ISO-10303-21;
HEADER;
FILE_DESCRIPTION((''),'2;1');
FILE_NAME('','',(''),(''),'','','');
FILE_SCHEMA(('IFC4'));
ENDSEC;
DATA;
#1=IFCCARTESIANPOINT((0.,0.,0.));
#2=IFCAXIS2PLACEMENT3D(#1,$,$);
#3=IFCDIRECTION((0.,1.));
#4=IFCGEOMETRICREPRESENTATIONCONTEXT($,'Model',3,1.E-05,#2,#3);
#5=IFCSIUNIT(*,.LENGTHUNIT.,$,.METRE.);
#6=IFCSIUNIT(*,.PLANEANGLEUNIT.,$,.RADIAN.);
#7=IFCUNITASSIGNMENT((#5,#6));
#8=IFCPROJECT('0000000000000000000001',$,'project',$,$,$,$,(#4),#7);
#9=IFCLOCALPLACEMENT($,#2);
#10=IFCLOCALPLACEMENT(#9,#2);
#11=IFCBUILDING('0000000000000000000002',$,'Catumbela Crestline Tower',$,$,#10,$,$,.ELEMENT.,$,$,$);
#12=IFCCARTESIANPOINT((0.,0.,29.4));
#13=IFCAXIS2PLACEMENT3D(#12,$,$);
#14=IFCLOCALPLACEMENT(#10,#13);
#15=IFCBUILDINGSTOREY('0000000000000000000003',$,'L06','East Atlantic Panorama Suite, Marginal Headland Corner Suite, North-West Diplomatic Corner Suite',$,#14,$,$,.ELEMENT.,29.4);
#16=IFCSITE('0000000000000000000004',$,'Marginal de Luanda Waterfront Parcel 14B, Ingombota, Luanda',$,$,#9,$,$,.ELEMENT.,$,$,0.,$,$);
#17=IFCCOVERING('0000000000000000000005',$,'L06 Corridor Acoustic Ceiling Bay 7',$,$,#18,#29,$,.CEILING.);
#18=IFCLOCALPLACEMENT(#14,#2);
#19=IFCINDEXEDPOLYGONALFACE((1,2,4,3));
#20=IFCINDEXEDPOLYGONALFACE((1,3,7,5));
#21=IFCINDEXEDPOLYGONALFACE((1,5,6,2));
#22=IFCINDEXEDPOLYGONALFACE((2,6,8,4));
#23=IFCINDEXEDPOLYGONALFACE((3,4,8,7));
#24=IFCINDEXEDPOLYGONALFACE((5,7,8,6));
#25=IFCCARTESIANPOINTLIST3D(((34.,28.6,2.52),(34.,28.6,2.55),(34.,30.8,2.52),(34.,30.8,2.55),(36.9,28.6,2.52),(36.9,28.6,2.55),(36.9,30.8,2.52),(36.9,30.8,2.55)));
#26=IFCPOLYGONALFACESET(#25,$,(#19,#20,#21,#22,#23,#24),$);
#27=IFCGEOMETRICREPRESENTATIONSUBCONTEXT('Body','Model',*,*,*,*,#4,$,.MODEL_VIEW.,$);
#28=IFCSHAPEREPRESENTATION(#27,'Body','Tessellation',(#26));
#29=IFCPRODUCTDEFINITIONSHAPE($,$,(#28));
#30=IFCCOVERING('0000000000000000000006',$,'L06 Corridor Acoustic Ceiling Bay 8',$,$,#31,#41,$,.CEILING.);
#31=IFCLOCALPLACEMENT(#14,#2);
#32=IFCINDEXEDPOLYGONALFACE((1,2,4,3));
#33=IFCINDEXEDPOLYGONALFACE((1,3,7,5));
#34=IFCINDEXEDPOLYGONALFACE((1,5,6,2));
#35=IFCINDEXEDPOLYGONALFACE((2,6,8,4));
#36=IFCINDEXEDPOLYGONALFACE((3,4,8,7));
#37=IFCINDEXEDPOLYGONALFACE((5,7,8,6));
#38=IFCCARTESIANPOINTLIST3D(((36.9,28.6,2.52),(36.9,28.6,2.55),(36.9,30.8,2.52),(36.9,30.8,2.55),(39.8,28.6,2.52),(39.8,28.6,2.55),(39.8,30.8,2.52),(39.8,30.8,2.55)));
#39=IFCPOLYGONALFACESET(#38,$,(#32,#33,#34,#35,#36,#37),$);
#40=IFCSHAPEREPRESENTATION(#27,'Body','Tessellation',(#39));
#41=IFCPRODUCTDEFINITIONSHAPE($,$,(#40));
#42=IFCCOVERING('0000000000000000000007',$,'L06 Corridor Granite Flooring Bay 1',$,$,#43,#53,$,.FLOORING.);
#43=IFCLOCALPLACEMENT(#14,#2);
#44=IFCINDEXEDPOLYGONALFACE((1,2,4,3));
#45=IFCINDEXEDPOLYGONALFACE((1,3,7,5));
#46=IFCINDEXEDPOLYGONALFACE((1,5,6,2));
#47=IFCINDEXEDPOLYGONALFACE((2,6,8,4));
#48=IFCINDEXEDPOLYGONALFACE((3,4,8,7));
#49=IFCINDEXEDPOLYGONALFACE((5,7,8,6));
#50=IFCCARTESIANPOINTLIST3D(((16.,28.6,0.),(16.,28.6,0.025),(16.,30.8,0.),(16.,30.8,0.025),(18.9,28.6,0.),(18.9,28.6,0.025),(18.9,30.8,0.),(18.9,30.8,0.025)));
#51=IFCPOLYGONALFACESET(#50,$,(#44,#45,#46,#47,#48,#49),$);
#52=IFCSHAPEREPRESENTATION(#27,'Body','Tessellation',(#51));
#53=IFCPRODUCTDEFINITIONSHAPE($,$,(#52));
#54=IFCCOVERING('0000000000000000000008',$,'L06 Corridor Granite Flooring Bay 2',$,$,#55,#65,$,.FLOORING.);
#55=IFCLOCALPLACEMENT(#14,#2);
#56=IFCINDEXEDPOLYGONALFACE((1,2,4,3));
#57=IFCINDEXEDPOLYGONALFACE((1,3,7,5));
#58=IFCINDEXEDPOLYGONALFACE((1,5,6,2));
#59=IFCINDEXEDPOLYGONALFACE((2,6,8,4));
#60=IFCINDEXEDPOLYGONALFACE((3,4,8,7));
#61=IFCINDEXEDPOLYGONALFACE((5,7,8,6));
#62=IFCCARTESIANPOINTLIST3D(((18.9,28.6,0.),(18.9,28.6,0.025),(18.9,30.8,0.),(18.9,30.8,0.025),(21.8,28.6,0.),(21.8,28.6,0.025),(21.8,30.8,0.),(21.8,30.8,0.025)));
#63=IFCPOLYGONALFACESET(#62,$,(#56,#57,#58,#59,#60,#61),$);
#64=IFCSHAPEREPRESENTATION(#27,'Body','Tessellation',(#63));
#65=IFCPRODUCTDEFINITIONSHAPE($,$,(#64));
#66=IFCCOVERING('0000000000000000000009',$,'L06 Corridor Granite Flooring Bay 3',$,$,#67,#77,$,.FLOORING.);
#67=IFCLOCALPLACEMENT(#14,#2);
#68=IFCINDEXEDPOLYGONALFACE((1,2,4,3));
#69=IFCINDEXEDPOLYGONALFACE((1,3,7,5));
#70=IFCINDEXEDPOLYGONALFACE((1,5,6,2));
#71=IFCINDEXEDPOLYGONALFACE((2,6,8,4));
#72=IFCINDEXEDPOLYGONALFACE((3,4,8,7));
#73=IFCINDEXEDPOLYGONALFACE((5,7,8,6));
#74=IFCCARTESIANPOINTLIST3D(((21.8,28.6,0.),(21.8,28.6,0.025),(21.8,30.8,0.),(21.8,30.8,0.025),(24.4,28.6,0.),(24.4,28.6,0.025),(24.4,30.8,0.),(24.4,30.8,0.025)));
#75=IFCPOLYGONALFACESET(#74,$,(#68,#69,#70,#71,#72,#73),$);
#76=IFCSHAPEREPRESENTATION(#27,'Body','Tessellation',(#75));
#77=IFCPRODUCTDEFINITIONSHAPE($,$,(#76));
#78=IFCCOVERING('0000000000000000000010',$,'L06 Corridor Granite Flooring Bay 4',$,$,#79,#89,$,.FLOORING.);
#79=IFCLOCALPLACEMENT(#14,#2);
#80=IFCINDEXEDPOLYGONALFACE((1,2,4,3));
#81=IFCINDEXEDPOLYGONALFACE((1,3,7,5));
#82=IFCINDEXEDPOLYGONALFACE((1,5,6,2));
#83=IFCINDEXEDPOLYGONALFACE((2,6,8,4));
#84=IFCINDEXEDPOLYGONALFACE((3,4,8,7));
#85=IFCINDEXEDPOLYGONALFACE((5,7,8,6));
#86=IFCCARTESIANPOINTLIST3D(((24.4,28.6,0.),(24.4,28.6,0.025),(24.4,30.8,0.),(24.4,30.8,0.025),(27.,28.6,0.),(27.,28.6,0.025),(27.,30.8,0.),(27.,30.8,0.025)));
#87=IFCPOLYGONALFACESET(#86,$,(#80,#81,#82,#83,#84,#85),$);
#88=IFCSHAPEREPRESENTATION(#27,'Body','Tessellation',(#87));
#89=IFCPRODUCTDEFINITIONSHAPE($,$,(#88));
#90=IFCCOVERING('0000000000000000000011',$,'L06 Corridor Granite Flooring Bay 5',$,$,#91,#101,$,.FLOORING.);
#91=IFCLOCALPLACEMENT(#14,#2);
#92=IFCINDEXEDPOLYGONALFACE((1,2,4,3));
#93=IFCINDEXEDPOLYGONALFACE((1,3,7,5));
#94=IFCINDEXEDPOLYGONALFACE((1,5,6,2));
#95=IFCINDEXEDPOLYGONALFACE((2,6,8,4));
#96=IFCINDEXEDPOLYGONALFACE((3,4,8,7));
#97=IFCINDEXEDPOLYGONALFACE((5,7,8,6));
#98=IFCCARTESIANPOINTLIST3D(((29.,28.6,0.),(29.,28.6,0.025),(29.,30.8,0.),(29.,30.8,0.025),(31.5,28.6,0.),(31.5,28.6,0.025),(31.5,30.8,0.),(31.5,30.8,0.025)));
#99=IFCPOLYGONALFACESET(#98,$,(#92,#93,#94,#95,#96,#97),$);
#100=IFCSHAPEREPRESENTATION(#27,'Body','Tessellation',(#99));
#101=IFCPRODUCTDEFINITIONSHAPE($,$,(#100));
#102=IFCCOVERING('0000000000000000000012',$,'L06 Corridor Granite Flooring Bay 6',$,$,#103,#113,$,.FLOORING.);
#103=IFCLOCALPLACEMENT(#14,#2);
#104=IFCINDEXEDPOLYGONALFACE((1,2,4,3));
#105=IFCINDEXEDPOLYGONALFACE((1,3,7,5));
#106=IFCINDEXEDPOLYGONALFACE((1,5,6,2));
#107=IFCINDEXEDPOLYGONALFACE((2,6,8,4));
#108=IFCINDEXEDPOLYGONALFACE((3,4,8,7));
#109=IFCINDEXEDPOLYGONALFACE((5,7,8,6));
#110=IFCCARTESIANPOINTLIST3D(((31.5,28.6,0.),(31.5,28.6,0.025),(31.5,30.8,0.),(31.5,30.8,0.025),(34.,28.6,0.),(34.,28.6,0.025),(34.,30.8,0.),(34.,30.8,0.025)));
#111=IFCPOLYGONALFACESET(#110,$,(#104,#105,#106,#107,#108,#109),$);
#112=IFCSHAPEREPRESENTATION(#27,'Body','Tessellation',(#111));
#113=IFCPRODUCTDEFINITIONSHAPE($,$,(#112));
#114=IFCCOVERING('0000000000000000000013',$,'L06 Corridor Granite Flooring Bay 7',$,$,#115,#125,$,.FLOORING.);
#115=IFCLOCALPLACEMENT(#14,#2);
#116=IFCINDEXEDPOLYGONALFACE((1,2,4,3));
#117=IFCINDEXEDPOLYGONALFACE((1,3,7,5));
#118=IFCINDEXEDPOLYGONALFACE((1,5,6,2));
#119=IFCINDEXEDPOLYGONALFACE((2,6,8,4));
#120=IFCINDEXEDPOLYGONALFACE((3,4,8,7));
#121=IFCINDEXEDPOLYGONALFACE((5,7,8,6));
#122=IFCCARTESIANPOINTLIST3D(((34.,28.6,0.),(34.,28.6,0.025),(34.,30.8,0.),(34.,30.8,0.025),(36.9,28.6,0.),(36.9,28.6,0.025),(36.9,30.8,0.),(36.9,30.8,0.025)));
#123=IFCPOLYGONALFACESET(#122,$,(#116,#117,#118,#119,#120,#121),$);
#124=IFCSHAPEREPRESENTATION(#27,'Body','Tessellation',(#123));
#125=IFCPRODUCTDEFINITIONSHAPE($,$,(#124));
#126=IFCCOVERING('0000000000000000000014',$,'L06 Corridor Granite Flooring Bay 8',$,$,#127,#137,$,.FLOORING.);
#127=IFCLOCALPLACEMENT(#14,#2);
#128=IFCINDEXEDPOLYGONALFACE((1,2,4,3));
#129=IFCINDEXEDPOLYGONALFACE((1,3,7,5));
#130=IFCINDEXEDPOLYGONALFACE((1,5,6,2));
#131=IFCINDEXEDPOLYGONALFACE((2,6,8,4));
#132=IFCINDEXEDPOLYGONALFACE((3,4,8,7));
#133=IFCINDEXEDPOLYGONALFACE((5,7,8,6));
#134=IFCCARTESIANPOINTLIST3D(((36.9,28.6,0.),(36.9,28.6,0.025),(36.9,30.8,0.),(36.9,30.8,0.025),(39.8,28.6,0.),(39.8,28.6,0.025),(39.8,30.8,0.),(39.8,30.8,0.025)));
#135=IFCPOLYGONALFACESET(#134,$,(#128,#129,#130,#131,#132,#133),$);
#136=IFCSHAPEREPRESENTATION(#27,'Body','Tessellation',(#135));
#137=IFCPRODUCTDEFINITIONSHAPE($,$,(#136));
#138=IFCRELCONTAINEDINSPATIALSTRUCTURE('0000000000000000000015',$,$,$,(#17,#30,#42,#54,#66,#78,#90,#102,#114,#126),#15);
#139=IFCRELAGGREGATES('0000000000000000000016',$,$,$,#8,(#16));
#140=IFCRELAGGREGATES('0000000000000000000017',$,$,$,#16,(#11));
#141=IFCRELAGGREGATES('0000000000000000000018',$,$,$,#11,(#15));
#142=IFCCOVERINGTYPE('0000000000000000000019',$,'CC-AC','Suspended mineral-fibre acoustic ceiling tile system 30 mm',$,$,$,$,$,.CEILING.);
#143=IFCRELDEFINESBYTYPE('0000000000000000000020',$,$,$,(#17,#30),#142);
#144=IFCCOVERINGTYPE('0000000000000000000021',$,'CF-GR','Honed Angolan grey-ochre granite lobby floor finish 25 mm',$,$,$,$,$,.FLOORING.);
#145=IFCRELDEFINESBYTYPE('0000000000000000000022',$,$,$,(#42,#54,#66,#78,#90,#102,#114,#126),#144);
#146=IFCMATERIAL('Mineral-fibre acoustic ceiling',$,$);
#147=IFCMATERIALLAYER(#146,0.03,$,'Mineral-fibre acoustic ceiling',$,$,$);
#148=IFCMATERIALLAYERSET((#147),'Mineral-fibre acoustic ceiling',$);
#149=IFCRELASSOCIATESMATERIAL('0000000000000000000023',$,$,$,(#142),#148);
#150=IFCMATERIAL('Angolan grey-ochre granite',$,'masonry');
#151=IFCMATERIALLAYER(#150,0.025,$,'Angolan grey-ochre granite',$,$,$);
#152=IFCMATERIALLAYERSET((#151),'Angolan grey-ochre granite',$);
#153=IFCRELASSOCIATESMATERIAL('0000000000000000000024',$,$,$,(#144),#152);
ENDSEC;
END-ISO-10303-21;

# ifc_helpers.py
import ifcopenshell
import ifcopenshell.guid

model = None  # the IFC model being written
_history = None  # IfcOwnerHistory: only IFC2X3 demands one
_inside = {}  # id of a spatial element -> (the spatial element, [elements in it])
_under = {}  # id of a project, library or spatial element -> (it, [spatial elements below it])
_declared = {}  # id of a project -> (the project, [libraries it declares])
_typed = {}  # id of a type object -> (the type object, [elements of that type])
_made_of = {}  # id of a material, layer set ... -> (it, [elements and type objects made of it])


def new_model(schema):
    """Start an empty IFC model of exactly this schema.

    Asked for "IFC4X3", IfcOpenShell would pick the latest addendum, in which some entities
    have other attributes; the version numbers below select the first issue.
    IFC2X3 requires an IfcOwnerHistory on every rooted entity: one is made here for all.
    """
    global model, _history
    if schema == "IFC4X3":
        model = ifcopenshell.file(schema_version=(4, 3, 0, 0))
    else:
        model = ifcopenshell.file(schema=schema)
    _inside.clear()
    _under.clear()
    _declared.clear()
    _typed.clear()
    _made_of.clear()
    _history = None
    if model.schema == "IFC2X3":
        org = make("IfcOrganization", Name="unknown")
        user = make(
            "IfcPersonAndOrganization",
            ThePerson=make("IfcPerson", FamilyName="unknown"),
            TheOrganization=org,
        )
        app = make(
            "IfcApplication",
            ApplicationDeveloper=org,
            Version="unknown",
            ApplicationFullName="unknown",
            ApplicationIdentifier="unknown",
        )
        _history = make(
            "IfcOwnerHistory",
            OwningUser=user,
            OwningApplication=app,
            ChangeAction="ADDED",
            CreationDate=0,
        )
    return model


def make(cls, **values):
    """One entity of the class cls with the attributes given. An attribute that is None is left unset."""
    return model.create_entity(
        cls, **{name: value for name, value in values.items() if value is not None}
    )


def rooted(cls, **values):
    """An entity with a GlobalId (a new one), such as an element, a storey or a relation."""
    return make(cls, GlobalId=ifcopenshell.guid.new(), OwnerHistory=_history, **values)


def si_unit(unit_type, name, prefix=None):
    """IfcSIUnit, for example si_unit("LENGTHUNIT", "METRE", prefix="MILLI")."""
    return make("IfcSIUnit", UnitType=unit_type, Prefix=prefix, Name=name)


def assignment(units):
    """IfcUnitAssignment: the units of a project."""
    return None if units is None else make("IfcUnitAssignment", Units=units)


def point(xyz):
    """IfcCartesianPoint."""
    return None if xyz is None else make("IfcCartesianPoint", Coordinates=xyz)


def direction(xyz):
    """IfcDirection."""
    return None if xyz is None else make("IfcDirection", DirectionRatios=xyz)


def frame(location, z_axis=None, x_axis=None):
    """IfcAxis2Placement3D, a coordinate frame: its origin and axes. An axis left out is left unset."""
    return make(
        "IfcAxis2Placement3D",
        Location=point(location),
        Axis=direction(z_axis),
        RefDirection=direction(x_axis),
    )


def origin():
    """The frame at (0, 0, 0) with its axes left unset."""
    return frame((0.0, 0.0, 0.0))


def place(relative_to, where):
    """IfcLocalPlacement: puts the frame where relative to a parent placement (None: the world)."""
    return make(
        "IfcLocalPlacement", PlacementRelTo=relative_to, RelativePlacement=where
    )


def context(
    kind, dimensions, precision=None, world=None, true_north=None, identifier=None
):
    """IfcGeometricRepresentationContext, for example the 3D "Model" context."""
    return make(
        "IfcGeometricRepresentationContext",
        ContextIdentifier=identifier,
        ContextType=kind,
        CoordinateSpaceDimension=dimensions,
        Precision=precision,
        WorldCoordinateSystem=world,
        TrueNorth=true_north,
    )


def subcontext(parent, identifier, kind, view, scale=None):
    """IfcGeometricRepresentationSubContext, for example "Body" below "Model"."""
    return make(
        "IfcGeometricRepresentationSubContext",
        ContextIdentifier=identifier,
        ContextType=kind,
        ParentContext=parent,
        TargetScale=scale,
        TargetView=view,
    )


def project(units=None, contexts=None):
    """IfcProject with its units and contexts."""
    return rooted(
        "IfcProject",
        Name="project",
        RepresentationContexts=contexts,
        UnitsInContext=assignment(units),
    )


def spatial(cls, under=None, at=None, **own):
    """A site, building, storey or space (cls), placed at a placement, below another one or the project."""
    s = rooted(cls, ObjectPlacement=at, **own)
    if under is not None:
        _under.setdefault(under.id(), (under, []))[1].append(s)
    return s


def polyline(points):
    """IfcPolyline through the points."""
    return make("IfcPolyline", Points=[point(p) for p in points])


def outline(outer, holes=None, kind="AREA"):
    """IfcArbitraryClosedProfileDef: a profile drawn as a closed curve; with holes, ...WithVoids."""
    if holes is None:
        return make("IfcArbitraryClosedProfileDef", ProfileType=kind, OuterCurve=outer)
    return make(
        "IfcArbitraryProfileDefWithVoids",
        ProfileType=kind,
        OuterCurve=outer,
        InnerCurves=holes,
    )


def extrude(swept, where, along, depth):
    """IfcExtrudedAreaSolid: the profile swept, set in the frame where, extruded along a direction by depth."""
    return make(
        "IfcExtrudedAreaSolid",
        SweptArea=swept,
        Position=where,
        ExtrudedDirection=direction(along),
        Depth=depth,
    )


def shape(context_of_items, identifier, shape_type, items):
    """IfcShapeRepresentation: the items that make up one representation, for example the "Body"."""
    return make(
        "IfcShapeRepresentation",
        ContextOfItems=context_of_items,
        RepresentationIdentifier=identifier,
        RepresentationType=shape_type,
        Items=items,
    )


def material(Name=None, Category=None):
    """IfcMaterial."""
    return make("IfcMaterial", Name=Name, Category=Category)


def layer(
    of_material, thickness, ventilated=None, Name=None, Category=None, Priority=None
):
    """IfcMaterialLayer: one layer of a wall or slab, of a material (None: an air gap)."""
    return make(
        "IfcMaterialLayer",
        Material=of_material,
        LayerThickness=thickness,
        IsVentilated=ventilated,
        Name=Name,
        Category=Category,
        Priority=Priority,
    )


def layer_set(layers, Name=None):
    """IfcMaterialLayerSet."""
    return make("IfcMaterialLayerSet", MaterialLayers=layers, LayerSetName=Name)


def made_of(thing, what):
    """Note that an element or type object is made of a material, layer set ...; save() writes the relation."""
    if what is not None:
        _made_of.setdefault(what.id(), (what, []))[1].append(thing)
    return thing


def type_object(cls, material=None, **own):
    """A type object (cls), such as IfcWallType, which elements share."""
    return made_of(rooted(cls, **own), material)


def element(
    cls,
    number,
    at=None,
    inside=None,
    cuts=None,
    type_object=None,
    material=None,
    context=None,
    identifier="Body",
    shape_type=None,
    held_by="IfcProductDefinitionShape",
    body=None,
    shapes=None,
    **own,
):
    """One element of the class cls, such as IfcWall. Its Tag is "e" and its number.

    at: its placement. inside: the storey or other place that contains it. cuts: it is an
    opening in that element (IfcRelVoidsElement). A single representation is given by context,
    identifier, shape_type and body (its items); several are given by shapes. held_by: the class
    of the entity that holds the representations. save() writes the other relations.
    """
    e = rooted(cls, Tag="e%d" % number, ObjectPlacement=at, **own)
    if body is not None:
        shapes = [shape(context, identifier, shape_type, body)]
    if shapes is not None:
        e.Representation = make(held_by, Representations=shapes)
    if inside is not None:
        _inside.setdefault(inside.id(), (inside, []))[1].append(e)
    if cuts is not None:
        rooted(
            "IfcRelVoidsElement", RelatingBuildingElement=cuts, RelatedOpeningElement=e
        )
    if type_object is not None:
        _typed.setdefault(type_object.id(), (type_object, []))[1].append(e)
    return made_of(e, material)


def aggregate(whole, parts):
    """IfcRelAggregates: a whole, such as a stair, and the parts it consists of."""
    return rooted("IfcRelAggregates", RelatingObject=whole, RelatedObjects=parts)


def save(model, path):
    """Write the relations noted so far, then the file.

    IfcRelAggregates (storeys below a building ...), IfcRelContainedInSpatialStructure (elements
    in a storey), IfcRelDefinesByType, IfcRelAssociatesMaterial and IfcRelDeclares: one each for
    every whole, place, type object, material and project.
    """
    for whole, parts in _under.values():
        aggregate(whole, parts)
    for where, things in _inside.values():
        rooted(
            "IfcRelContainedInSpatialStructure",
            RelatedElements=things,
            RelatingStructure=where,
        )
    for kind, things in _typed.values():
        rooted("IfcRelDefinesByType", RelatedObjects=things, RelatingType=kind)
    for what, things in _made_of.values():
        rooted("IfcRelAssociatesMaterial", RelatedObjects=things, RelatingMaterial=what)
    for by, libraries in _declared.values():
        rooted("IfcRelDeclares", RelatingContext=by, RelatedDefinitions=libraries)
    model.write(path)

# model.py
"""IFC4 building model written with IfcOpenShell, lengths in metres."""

from ifc_helpers import new_model, si_unit, direction, frame, origin, place, context, subcontext, project, spatial, polyline, outline, extrude, material, layer, layer_set, type_object, element, save


model = new_model("IFC4")

# Units and contexts
model_context = context("Model", 3, precision=1e-05, world=origin(), true_north=direction((0.0, 1.0)))
body_context = subcontext(model_context, "Body", "Model", "MODEL_VIEW")
ifc_project = project(units=[si_unit("LENGTHUNIT", "METRE"), si_unit("PLANEANGLEUNIT", "RADIAN")], contexts=[model_context])

# Site, building, storey
site_placement = place(None, origin())
site = spatial("IfcSite", under=ifc_project, at=site_placement, Name="Marginal de Luanda Waterfront Parcel 14B, Ingombota, Luanda", CompositionType="ELEMENT", RefElevation=0.0)
building_placement = place(site_placement, origin())
building = spatial("IfcBuilding", under=site, at=building_placement, Name="Catumbela Crestline Tower", CompositionType="ELEMENT")
storey_placement = place(building_placement, frame((0.0, 0.0, 29.4)))
storey = spatial("IfcBuildingStorey", under=building, at=storey_placement, Name="L06", Description="East Atlantic Panorama Suite, Marginal Headland Corner Suite, North-West Diplomatic Corner Suite", CompositionType="ELEMENT", Elevation=29.4)

# Shared definitions
ifc_material_1 = material(Name="Angolan grey-ochre granite", Category="masonry")

# Coverings
ifc_material_2 = material(Name="Mineral-fibre acoustic ceiling")
ifc_layer_1 = layer(ifc_material_2, 0.03, Name="Mineral-fibre acoustic ceiling")
ifc_layer_set_1 = layer_set([ifc_layer_1], Name="Mineral-fibre acoustic ceiling")
covering_type_1 = type_object("IfcCoveringType", Name="CC-AC", Description="Suspended mineral-fibre acoustic ceiling tile system 30 mm", PredefinedType="CEILING", material=ifc_layer_set_1)
covering_1_placement = place(storey_placement, frame((0.0, 0.0, 2.52)))
element("IfcCovering", 1, at=covering_1_placement, inside=storey, type_object=covering_type_1, Name="L06 Corridor Acoustic Ceiling Bay 7", PredefinedType="CEILING", context=body_context, shape_type="SweptSolid", body=[
    extrude(outline(polyline([(34.0, 28.6), (36.9, 28.6), (36.9, 30.8), (34.0, 30.8), (34.0, 28.6)])), origin(), (0.0, 0.0, 1.0), 0.03),
])
covering_2_placement = place(storey_placement, frame((0.0, 0.0, 2.52)))
element("IfcCovering", 2, at=covering_2_placement, inside=storey, type_object=covering_type_1, Name="L06 Corridor Acoustic Ceiling Bay 8", PredefinedType="CEILING", context=body_context, shape_type="SweptSolid", body=[
    extrude(outline(polyline([(36.9, 28.6), (39.8, 28.6), (39.8, 30.8), (36.9, 30.8), (36.9, 28.6)])), origin(), (0.0, 0.0, 1.0), 0.03),
])
ifc_layer_2 = layer(ifc_material_1, 0.025, Name="Angolan grey-ochre granite")
ifc_layer_set_2 = layer_set([ifc_layer_2], Name="Angolan grey-ochre granite")
covering_type_2 = type_object("IfcCoveringType", Name="CF-GR", Description="Honed Angolan grey-ochre granite lobby floor finish 25 mm", PredefinedType="FLOORING", material=ifc_layer_set_2)
covering_3_placement = place(storey_placement, origin())
element("IfcCovering", 3, at=covering_3_placement, inside=storey, type_object=covering_type_2, Name="L06 Corridor Granite Flooring Bay 1", PredefinedType="FLOORING", context=body_context, shape_type="SweptSolid", body=[
    extrude(outline(polyline([(16.0, 28.6), (18.9, 28.6), (18.9, 30.8), (16.0, 30.8), (16.0, 28.6)])), origin(), (0.0, 0.0, 1.0), 0.025),
])
covering_4_placement = place(storey_placement, origin())
element("IfcCovering", 4, at=covering_4_placement, inside=storey, type_object=covering_type_2, Name="L06 Corridor Granite Flooring Bay 2", PredefinedType="FLOORING", context=body_context, shape_type="SweptSolid", body=[
    extrude(outline(polyline([(18.9, 28.6), (21.8, 28.6), (21.8, 30.8), (18.9, 30.8), (18.9, 28.6)])), origin(), (0.0, 0.0, 1.0), 0.025),
])
covering_5_placement = place(storey_placement, origin())
element("IfcCovering", 5, at=covering_5_placement, inside=storey, type_object=covering_type_2, Name="L06 Corridor Granite Flooring Bay 3", PredefinedType="FLOORING", context=body_context, shape_type="SweptSolid", body=[
    extrude(outline(polyline([(21.8, 28.6), (24.4, 28.6), (24.4, 30.8), (21.8, 30.8), (21.8, 28.6)])), origin(), (0.0, 0.0, 1.0), 0.025),
])
covering_6_placement = place(storey_placement, origin())
element("IfcCovering", 6, at=covering_6_placement, inside=storey, type_object=covering_type_2, Name="L06 Corridor Granite Flooring Bay 4", PredefinedType="FLOORING", context=body_context, shape_type="SweptSolid", body=[
    extrude(outline(polyline([(24.4, 28.6), (27.0, 28.6), (27.0, 30.8), (24.4, 30.8), (24.4, 28.6)])), origin(), (0.0, 0.0, 1.0), 0.025),
])
covering_7_placement = place(storey_placement, origin())
element("IfcCovering", 7, at=covering_7_placement, inside=storey, type_object=covering_type_2, Name="L06 Corridor Granite Flooring Bay 5", PredefinedType="FLOORING", context=body_context, shape_type="SweptSolid", body=[
    extrude(outline(polyline([(29.0, 28.6), (31.5, 28.6), (31.5, 30.8), (29.0, 30.8), (29.0, 28.6)])), origin(), (0.0, 0.0, 1.0), 0.025),
])
covering_8_placement = place(storey_placement, origin())
element("IfcCovering", 8, at=covering_8_placement, inside=storey, type_object=covering_type_2, Name="L06 Corridor Granite Flooring Bay 6", PredefinedType="FLOORING", context=body_context, shape_type="SweptSolid", body=[
    extrude(outline(polyline([(31.5, 28.6), (34.0, 28.6), (34.0, 30.8), (31.5, 30.8), (31.5, 28.6)])), origin(), (0.0, 0.0, 1.0), 0.025),
])
covering_9_placement = place(storey_placement, origin())
element("IfcCovering", 9, at=covering_9_placement, inside=storey, type_object=covering_type_2, Name="L06 Corridor Granite Flooring Bay 7", PredefinedType="FLOORING", context=body_context, shape_type="SweptSolid", body=[
    extrude(outline(polyline([(34.0, 28.6), (36.9, 28.6), (36.9, 30.8), (34.0, 30.8), (34.0, 28.6)])), origin(), (0.0, 0.0, 1.0), 0.025),
])
covering_10_placement = place(storey_placement, origin())
element("IfcCovering", 10, at=covering_10_placement, inside=storey, type_object=covering_type_2, Name="L06 Corridor Granite Flooring Bay 8", PredefinedType="FLOORING", context=body_context, shape_type="SweptSolid", body=[
    extrude(outline(polyline([(36.9, 28.6), (39.8, 28.6), (39.8, 30.8), (36.9, 30.8), (36.9, 28.6)])), origin(), (0.0, 0.0, 1.0), 0.025),
])

save(model, "model.ifc")
